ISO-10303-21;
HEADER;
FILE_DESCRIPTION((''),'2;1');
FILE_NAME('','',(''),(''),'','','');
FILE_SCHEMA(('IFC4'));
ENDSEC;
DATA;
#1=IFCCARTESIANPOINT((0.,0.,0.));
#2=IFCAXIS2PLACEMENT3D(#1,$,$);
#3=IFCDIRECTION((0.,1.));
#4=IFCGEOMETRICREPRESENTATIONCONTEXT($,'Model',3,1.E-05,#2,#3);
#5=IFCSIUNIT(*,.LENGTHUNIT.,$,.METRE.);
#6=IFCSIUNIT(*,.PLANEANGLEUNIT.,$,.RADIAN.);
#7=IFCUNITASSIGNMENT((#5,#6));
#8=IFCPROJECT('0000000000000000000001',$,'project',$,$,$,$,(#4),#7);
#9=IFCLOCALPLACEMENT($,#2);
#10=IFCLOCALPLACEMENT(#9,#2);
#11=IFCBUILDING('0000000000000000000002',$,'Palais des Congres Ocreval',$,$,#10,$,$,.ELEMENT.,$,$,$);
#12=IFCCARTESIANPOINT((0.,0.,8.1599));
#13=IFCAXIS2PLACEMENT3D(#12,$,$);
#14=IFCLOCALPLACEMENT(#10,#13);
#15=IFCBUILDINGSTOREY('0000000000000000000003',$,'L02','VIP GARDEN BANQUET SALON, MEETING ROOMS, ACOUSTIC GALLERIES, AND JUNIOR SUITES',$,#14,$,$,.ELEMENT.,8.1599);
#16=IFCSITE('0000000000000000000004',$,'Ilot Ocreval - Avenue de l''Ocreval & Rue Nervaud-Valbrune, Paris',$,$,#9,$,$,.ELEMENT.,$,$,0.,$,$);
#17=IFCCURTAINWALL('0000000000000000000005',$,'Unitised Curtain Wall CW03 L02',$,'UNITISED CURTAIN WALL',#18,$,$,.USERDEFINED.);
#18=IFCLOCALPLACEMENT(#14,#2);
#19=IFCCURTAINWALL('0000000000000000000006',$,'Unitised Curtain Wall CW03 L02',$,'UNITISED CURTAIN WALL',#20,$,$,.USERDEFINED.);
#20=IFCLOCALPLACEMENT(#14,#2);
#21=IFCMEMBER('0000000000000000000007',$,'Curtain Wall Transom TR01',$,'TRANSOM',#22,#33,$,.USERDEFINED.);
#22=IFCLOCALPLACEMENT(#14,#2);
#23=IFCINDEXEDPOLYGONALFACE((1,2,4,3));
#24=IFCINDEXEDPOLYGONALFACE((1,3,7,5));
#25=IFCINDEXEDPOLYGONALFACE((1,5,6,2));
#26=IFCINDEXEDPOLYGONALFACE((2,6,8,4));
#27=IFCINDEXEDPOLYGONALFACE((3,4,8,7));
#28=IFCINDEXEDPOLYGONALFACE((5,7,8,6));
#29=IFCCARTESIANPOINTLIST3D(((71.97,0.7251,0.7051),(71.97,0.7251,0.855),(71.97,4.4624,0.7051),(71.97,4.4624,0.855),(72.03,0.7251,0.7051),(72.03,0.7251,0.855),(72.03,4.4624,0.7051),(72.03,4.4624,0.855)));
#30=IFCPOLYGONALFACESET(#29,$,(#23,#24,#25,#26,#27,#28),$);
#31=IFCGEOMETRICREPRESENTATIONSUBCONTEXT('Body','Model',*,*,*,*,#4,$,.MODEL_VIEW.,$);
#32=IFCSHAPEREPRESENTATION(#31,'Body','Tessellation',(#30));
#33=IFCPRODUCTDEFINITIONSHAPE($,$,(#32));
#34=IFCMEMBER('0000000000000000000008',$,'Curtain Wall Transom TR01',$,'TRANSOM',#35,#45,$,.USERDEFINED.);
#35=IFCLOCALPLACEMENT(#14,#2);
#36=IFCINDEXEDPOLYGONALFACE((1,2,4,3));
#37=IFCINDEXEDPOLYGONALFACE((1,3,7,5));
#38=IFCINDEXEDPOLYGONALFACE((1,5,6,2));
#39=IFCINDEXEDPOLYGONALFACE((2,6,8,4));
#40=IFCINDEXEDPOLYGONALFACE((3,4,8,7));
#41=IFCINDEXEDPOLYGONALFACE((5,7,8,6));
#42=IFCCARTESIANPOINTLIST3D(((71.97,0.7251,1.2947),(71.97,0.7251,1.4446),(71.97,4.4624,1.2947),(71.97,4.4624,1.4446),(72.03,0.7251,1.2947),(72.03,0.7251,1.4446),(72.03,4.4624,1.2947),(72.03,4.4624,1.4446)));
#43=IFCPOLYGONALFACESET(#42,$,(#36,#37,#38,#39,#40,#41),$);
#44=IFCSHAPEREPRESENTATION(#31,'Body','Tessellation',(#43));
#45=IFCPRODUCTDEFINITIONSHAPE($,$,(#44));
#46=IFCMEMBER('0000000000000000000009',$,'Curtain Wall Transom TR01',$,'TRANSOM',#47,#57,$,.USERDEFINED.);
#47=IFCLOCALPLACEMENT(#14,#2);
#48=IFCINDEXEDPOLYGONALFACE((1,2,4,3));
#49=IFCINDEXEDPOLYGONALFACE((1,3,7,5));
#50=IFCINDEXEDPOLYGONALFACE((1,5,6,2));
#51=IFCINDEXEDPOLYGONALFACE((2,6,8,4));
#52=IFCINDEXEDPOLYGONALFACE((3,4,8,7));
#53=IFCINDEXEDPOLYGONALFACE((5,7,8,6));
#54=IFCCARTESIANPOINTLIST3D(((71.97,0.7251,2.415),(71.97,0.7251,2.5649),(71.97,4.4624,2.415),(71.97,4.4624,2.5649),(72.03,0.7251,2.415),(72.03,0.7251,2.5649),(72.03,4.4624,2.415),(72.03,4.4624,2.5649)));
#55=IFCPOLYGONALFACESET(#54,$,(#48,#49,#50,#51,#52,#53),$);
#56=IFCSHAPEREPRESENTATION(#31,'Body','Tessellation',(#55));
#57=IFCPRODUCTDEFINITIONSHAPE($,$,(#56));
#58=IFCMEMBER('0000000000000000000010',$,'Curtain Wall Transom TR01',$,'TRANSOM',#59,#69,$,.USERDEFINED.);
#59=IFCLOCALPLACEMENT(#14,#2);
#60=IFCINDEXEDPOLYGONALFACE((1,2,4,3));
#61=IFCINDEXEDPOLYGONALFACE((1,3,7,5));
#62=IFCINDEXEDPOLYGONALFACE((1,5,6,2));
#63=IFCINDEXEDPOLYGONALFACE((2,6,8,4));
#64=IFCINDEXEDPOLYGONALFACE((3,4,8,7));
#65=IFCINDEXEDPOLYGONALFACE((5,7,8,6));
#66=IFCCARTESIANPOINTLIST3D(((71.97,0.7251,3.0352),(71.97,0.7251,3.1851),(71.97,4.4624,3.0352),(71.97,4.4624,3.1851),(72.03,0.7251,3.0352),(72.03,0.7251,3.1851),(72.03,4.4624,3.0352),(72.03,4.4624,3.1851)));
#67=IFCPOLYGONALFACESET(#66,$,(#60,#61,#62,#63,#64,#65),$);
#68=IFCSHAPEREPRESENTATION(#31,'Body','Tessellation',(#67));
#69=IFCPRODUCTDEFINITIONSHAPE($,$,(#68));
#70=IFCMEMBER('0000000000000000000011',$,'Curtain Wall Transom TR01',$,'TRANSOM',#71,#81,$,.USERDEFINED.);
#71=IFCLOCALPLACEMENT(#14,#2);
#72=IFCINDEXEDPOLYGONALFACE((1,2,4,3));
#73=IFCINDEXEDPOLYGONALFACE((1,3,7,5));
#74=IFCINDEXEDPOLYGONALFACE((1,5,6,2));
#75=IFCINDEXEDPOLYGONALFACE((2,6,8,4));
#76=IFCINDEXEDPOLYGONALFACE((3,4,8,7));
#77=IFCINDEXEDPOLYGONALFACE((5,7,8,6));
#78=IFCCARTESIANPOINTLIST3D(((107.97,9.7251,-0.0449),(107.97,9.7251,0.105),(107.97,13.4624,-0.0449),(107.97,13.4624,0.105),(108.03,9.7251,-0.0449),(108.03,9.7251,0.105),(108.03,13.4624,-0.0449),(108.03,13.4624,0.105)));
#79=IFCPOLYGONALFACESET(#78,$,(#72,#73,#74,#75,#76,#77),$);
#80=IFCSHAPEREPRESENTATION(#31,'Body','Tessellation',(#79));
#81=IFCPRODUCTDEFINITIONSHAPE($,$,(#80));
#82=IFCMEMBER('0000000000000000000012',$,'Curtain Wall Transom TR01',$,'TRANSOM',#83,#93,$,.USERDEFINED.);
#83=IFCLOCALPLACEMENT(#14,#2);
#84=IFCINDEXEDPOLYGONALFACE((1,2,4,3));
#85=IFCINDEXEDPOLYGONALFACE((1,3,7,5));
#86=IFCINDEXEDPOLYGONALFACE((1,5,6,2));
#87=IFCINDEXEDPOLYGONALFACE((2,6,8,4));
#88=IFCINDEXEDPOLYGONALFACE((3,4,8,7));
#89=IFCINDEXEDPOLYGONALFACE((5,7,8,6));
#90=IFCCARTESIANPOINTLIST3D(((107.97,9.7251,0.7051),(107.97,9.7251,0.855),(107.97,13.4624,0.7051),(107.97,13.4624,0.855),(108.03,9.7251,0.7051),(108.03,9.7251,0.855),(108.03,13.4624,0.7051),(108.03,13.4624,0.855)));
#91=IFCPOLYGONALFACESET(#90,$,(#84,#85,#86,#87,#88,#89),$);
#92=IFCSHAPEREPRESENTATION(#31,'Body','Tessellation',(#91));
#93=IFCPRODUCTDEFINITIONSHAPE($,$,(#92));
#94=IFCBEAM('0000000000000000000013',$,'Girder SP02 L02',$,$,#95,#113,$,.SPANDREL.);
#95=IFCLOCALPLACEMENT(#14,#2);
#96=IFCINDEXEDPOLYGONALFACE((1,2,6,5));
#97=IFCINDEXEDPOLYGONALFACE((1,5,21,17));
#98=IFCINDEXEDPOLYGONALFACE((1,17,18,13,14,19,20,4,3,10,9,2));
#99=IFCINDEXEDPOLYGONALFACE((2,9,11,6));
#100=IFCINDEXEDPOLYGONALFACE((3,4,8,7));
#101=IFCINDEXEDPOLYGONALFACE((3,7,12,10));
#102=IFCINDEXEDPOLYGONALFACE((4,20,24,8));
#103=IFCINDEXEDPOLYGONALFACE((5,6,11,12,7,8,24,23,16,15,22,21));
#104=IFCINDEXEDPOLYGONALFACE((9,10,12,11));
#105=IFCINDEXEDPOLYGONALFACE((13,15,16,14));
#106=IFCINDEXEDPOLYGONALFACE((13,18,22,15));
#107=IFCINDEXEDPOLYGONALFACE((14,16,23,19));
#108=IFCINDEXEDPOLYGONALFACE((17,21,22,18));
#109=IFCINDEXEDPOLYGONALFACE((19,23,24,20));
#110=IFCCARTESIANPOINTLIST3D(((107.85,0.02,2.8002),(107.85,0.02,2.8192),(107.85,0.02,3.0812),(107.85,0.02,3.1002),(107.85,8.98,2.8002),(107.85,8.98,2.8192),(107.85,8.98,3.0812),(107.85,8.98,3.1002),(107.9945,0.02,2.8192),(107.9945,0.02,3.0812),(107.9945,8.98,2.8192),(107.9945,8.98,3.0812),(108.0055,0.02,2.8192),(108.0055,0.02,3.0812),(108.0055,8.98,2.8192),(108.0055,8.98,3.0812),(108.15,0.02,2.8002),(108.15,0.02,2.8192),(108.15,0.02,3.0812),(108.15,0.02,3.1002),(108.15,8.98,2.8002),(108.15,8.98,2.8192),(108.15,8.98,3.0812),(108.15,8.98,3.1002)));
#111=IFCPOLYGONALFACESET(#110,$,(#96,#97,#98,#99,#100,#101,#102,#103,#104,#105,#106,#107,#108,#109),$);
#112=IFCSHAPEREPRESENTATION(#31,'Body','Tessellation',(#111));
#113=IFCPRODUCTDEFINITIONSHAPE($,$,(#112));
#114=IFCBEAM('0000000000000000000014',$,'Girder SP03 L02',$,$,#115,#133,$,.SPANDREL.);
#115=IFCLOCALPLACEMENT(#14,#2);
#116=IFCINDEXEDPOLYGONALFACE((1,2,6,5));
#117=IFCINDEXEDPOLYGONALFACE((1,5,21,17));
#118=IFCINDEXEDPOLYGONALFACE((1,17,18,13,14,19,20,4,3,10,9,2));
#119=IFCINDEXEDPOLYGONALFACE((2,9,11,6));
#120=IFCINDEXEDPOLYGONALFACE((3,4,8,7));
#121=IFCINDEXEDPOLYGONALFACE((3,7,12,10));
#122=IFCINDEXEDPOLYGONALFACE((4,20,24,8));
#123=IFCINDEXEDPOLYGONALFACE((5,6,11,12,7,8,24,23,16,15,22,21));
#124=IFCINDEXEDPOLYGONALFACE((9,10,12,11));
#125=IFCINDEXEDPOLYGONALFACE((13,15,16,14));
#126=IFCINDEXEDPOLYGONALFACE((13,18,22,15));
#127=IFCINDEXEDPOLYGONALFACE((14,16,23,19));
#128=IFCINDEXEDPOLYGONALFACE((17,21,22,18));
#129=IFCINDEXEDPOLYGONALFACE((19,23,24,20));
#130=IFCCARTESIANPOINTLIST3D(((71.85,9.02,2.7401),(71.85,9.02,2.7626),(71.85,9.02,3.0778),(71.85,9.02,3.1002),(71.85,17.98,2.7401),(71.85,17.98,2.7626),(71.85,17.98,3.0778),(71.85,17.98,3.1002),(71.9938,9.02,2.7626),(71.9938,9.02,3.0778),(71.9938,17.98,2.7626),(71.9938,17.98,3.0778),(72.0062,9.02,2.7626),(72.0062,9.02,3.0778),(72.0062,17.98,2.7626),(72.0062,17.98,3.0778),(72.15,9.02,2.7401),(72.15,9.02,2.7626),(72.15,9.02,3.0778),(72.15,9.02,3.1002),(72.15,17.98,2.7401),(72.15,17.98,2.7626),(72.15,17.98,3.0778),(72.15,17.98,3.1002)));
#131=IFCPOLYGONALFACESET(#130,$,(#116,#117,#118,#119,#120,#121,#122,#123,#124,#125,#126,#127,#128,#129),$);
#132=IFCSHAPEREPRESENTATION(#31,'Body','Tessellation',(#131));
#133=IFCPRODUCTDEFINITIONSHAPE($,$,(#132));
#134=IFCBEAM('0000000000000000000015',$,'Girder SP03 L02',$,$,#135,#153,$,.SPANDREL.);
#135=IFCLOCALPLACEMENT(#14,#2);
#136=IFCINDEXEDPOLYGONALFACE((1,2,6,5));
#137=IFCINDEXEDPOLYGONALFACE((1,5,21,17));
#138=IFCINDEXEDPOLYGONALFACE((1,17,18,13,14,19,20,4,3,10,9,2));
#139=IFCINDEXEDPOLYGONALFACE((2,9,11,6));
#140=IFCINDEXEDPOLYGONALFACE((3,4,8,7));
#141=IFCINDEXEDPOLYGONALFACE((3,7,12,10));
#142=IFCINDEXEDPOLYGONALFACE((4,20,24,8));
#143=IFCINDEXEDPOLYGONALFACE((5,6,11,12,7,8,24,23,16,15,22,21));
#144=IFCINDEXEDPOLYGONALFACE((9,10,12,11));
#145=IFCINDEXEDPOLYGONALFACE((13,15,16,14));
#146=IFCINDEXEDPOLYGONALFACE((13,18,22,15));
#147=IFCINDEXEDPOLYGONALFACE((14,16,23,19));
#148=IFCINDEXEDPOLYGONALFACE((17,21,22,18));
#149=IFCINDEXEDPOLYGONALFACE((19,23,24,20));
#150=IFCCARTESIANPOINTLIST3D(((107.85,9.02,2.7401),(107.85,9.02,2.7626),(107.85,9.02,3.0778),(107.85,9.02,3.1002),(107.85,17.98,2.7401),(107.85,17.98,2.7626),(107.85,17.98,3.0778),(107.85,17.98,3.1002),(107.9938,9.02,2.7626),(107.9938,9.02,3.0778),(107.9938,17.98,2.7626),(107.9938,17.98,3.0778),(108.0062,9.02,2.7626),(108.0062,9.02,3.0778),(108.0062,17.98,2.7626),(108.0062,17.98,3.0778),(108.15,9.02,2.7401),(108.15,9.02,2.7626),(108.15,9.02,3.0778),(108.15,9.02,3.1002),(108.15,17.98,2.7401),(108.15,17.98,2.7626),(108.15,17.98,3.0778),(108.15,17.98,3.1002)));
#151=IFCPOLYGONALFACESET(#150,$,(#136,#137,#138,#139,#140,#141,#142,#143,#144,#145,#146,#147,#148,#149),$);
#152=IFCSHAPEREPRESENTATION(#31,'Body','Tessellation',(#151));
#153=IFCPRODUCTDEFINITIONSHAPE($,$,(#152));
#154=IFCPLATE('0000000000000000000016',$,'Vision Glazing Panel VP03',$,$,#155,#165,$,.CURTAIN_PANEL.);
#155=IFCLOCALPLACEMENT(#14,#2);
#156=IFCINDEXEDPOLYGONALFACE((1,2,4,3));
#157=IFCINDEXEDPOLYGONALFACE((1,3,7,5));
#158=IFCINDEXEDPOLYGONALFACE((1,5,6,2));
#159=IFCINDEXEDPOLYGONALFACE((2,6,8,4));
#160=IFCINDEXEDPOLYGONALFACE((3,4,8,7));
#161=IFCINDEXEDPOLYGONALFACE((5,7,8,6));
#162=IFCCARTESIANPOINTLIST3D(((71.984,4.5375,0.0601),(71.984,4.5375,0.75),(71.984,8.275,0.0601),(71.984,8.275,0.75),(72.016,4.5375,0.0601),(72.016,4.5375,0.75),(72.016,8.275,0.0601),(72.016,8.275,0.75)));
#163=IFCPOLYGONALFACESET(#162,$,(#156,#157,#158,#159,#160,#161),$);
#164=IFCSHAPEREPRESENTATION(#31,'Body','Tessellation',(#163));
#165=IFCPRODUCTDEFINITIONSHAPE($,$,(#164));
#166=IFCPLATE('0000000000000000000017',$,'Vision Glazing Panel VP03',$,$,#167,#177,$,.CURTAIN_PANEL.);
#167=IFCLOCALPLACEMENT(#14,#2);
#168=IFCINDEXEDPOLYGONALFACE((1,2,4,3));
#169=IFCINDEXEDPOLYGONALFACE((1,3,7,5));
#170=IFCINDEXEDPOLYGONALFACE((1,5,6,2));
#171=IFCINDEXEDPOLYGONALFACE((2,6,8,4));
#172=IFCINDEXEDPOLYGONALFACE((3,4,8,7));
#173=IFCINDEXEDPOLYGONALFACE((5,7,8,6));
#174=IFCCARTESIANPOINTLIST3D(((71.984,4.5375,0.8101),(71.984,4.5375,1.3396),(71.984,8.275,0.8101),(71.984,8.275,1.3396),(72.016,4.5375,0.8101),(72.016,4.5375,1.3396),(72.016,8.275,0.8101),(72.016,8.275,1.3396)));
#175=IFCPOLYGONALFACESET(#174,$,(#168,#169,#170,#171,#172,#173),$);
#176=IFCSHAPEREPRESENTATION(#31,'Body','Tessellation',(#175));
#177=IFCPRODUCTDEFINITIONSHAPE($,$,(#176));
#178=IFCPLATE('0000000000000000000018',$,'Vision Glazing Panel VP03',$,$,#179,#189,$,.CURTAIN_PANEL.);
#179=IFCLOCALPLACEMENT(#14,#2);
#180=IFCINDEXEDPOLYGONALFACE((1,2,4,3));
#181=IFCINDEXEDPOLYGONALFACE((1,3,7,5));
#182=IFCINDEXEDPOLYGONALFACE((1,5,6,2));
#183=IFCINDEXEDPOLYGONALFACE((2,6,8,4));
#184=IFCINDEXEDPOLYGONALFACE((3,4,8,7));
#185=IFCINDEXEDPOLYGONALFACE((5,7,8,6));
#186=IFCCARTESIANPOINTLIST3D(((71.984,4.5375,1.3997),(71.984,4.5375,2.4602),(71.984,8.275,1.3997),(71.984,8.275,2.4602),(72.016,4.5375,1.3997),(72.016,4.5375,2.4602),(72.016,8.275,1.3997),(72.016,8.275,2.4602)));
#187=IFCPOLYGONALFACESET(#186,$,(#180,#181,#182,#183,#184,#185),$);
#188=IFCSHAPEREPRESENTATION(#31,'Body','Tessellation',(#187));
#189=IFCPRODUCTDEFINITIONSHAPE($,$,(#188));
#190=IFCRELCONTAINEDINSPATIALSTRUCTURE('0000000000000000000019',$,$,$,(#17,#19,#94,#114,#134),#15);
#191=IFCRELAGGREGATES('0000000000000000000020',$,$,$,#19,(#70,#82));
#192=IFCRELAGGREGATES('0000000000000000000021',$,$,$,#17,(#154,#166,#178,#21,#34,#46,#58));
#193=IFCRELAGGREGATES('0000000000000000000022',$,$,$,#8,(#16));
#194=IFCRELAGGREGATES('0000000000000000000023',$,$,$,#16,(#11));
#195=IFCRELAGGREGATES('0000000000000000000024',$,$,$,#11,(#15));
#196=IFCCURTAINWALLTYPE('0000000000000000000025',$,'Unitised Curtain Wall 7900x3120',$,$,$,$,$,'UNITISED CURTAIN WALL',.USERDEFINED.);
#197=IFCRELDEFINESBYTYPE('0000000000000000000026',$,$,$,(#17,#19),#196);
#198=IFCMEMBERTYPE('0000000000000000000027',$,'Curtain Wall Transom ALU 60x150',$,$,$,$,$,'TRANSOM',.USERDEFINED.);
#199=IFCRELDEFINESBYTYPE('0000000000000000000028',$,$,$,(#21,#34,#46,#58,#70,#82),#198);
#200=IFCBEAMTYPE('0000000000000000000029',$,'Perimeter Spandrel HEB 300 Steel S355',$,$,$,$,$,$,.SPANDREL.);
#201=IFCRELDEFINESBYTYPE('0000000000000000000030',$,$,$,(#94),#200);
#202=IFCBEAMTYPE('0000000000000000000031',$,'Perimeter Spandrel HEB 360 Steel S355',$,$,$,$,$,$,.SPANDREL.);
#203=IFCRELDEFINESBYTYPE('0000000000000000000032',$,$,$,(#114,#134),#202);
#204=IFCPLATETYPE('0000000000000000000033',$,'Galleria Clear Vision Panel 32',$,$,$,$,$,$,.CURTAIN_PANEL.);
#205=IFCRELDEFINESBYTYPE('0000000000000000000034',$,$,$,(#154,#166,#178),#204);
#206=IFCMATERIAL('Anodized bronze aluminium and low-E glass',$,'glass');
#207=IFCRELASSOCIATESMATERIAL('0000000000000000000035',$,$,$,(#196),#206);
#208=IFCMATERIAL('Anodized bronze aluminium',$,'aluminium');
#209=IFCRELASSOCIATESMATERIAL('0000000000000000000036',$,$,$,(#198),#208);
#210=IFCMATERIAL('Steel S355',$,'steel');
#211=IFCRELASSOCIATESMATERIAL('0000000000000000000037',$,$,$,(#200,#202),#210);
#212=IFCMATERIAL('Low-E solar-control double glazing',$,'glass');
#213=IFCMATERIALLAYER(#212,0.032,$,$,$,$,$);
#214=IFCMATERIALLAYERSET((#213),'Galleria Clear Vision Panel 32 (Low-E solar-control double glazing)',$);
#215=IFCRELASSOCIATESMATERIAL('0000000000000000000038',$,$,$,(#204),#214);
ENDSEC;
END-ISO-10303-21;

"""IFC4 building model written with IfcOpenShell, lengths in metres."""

from ifc_helpers import new_model, si_unit, direction, frame, origin, origin_2d, place, context, subcontext, project, spatial, rectangle, i_section, extrude, material, layer, layer_set, material_profile, profile_set, type_object, element, aggregate, save


model = new_model("IFC4")

# Units and contexts
model_context = context("Model", 3, precision=1e-05, world=origin(), true_north=direction((0.0, 1.0)))
body_context = subcontext(model_context, "Body", "Model", "MODEL_VIEW")
ifc_project = project(units=[si_unit("LENGTHUNIT", "METRE"), si_unit("PLANEANGLEUNIT", "RADIAN")], contexts=[model_context])

# Site, building, storey
site_placement = place(None, origin())
site = spatial("IfcSite", under=ifc_project, at=site_placement, Name="Ilot Ocreval - Avenue de l'Ocreval & Rue Nervaud-Valbrune, Paris", CompositionType="ELEMENT", RefElevation=0.0)
building_placement = place(site_placement, origin())
building = spatial("IfcBuilding", under=site, at=building_placement, Name="Palais des Congres Ocreval", CompositionType="ELEMENT")
storey_placement = place(building_placement, frame((0.0, 0.0, 8.1599)))
storey = spatial("IfcBuildingStorey", under=building, at=storey_placement, Name="L02", Description="VIP GARDEN BANQUET SALON, MEETING ROOMS, ACOUSTIC GALLERIES, AND JUNIOR SUITES", CompositionType="ELEMENT", Elevation=8.1599)

# Shared definitions
ifc_material_1 = material(Name="Steel S355", Category="steel")

# Curtain wall
ifc_material_2 = material(Name="Anodized bronze aluminium and low-E glass", Category="glass")
curtain_wall_type = type_object("IfcCurtainWallType", Name="Unitised Curtain Wall 7900x3120", ElementType="UNITISED CURTAIN WALL", PredefinedType="USERDEFINED", material=ifc_material_2)
curtain_wall_1_placement = place(storey_placement, origin())
curtain_wall_1 = element("IfcCurtainWall", 1, at=curtain_wall_1_placement, inside=storey, type_object=curtain_wall_type, Name="Unitised Curtain Wall CW03 L02", ObjectType="UNITISED CURTAIN WALL", PredefinedType="USERDEFINED")
ifc_material_3 = material(Name="Anodized bronze aluminium", Category="aluminium")

# Curtain wall
curtain_wall_2_placement = place(storey_placement, origin())
curtain_wall_2 = element("IfcCurtainWall", 2, at=curtain_wall_2_placement, inside=storey, type_object=curtain_wall_type, Name="Unitised Curtain Wall CW03 L02", ObjectType="UNITISED CURTAIN WALL", PredefinedType="USERDEFINED")

# Members
ifc_material_profile_1 = material_profile(ifc_material_3, rectangle(XDim=0.0601, YDim=0.1499, at=origin_2d()), Name="ALU 60x150")
ifc_profile_set_1 = profile_set([ifc_material_profile_1], Name="Anodized bronze aluminium")
member_type_1 = type_object("IfcMemberType", Name="Curtain Wall Transom ALU 60x150", ElementType="TRANSOM", PredefinedType="USERDEFINED", material=ifc_profile_set_1)
member_1_placement = place(storey_placement, frame((72.0, 4.4624, 0.78), z_axis=(0.0, -1.0, 0.0), x_axis=(1.0, 0.0, 0.0)))
member_1 = element("IfcMember", 3, at=member_1_placement, type_object=member_type_1, Name="Curtain Wall Transom TR01", ObjectType="TRANSOM", PredefinedType="USERDEFINED", context=body_context, shape_type="SweptSolid", body=[
    extrude(rectangle(XDim=0.0601, YDim=0.1499, at=origin_2d()), origin(), (0.0, 0.0, 1.0), 3.7373),
])
member_2_placement = place(storey_placement, frame((72.0, 4.4624, 1.3696), z_axis=(0.0, -1.0, 0.0), x_axis=(1.0, 0.0, 0.0)))
member_2 = element("IfcMember", 4, at=member_2_placement, type_object=member_type_1, Name="Curtain Wall Transom TR01", ObjectType="TRANSOM", PredefinedType="USERDEFINED", context=body_context, shape_type="SweptSolid", body=[
    extrude(rectangle(XDim=0.0601, YDim=0.1499, at=origin_2d()), origin(), (0.0, 0.0, 1.0), 3.7373),
])
member_3_placement = place(storey_placement, frame((72.0, 4.4624, 2.49), z_axis=(0.0, -1.0, 0.0), x_axis=(1.0, 0.0, 0.0)))
member_3 = element("IfcMember", 5, at=member_3_placement, type_object=member_type_1, Name="Curtain Wall Transom TR01", ObjectType="TRANSOM", PredefinedType="USERDEFINED", context=body_context, shape_type="SweptSolid", body=[
    extrude(rectangle(XDim=0.0601, YDim=0.1499, at=origin_2d()), origin(), (0.0, 0.0, 1.0), 3.7373),
])
member_4_placement = place(storey_placement, frame((72.0, 4.4624, 3.1101), z_axis=(0.0, -1.0, 0.0), x_axis=(1.0, 0.0, 0.0)))
member_4 = element("IfcMember", 6, at=member_4_placement, type_object=member_type_1, Name="Curtain Wall Transom TR01", ObjectType="TRANSOM", PredefinedType="USERDEFINED", context=body_context, shape_type="SweptSolid", body=[
    extrude(rectangle(XDim=0.0601, YDim=0.1499, at=origin_2d()), origin(), (0.0, 0.0, 1.0), 3.7373),
])
member_5_placement = place(storey_placement, frame((108.0, 9.7251, 0.03), z_axis=(0.0, 1.0, 0.0), x_axis=(-1.0, 0.0, 0.0)))
member_5 = element("IfcMember", 7, at=member_5_placement, type_object=member_type_1, Name="Curtain Wall Transom TR01", ObjectType="TRANSOM", PredefinedType="USERDEFINED", context=body_context, shape_type="SweptSolid", body=[
    extrude(rectangle(XDim=0.0601, YDim=0.1499, at=origin_2d()), origin(), (0.0, 0.0, 1.0), 3.7373),
])
member_6_placement = place(storey_placement, frame((108.0, 9.7251, 0.78), z_axis=(0.0, 1.0, 0.0), x_axis=(-1.0, 0.0, 0.0)))
member_6 = element("IfcMember", 8, at=member_6_placement, type_object=member_type_1, Name="Curtain Wall Transom TR01", ObjectType="TRANSOM", PredefinedType="USERDEFINED", context=body_context, shape_type="SweptSolid", body=[
    extrude(rectangle(XDim=0.0601, YDim=0.1499, at=origin_2d()), origin(), (0.0, 0.0, 1.0), 3.7373),
])
aggregate(curtain_wall_2, [member_5, member_6])

# Beams
ifc_material_profile_2 = material_profile(ifc_material_1, i_section(OverallWidth=0.3, OverallDepth=0.3, WebThickness=0.011, FlangeThickness=0.019, at=origin_2d()), Name="HEB 300")
ifc_profile_set_2 = profile_set([ifc_material_profile_2], Name="Steel S355")
beam_type_1 = type_object("IfcBeamType", Name="Perimeter Spandrel HEB 300 Steel S355", PredefinedType="SPANDREL", material=ifc_profile_set_2)
beam_placement = place(storey_placement, frame((108.0, 0.02, 2.9502), z_axis=(0.0, 1.0, 0.0), x_axis=(-1.0, 0.0, 0.0)))
element("IfcBeam", 9, at=beam_placement, inside=storey, type_object=beam_type_1, Name="Girder SP02 L02", PredefinedType="SPANDREL", context=body_context, shape_type="SweptSolid", body=[
    extrude(i_section(OverallWidth=0.3, OverallDepth=0.3, WebThickness=0.011, FlangeThickness=0.019, at=origin_2d()), origin(), (0.0, 0.0, 1.0), 8.96),
])
ifc_material_profile_3 = material_profile(ifc_material_1, i_section(OverallWidth=0.3, OverallDepth=0.3601, WebThickness=0.0125, FlangeThickness=0.0225, at=origin_2d()), Name="HEB 360")
ifc_profile_set_3 = profile_set([ifc_material_profile_3], Name="Steel S355")
beam_type_2 = type_object("IfcBeamType", Name="Perimeter Spandrel HEB 360 Steel S355", PredefinedType="SPANDREL", material=ifc_profile_set_3)
for number, where, z_axis, x_axis, name in (
    (10, (72.0, 9.02, 2.9202), (0.0, 1.0, 0.0), (-1.0, 0.0, 0.0), "Girder SP03 L02"),
    (11, (108.0, 9.02, 2.9202), (0.0, 1.0, 0.0), (-1.0, 0.0, 0.0), "Girder SP03 L02"),
):
    element("IfcBeam", number, at=place(storey_placement, frame(where, z_axis=z_axis, x_axis=x_axis)), inside=storey, type_object=beam_type_2, Name=name, PredefinedType="SPANDREL", context=body_context, shape_type="SweptSolid", body=[
        extrude(i_section(OverallWidth=0.3, OverallDepth=0.3601, WebThickness=0.0125, FlangeThickness=0.0225, at=origin_2d()), origin(), (0.0, 0.0, 1.0), 8.96),
    ])

# Plates
ifc_material_4 = material(Name="Low-E solar-control double glazing", Category="glass")
ifc_layer_1 = layer(ifc_material_4, 0.032)
ifc_layer_set_1 = layer_set([ifc_layer_1], Name="Galleria Clear Vision Panel 32 (Low-E solar-control double glazing)")
plate_type_1 = type_object("IfcPlateType", Name="Galleria Clear Vision Panel 32", PredefinedType="CURTAIN_PANEL", material=ifc_layer_set_1)
plate_1_placement = place(storey_placement, frame((72.0, 6.4062, 0.0601), z_axis=(0.0, 0.0, 1.0), x_axis=(0.0, -1.0, 0.0)))
plate_1 = element("IfcPlate", 12, at=plate_1_placement, type_object=plate_type_1, Name="Vision Glazing Panel VP03", PredefinedType="CURTAIN_PANEL", context=body_context, shape_type="SweptSolid", body=[
    extrude(rectangle(XDim=3.7375, YDim=0.032, at=origin_2d()), origin(), (0.0, 0.0, 1.0), 0.6899),
])
plate_2_placement = place(storey_placement, frame((72.0, 6.4062, 0.8101), z_axis=(0.0, 0.0, 1.0), x_axis=(0.0, -1.0, 0.0)))
plate_2 = element("IfcPlate", 13, at=plate_2_placement, type_object=plate_type_1, Name="Vision Glazing Panel VP03", PredefinedType="CURTAIN_PANEL", context=body_context, shape_type="SweptSolid", body=[
    extrude(rectangle(XDim=3.7375, YDim=0.032, at=origin_2d()), origin(), (0.0, 0.0, 1.0), 0.5295),
])
plate_3_placement = place(storey_placement, frame((72.0, 6.4062, 1.3997), z_axis=(0.0, 0.0, 1.0), x_axis=(0.0, -1.0, 0.0)))
plate_3 = element("IfcPlate", 14, at=plate_3_placement, type_object=plate_type_1, Name="Vision Glazing Panel VP03", PredefinedType="CURTAIN_PANEL", context=body_context, shape_type="SweptSolid", body=[
    extrude(rectangle(XDim=3.7375, YDim=0.032, at=origin_2d()), origin(), (0.0, 0.0, 1.0), 1.0605),
])

aggregate(curtain_wall_1, [plate_1, plate_2, plate_3, member_1, member_2, member_3, member_4])

save(model, "model.ifc")
